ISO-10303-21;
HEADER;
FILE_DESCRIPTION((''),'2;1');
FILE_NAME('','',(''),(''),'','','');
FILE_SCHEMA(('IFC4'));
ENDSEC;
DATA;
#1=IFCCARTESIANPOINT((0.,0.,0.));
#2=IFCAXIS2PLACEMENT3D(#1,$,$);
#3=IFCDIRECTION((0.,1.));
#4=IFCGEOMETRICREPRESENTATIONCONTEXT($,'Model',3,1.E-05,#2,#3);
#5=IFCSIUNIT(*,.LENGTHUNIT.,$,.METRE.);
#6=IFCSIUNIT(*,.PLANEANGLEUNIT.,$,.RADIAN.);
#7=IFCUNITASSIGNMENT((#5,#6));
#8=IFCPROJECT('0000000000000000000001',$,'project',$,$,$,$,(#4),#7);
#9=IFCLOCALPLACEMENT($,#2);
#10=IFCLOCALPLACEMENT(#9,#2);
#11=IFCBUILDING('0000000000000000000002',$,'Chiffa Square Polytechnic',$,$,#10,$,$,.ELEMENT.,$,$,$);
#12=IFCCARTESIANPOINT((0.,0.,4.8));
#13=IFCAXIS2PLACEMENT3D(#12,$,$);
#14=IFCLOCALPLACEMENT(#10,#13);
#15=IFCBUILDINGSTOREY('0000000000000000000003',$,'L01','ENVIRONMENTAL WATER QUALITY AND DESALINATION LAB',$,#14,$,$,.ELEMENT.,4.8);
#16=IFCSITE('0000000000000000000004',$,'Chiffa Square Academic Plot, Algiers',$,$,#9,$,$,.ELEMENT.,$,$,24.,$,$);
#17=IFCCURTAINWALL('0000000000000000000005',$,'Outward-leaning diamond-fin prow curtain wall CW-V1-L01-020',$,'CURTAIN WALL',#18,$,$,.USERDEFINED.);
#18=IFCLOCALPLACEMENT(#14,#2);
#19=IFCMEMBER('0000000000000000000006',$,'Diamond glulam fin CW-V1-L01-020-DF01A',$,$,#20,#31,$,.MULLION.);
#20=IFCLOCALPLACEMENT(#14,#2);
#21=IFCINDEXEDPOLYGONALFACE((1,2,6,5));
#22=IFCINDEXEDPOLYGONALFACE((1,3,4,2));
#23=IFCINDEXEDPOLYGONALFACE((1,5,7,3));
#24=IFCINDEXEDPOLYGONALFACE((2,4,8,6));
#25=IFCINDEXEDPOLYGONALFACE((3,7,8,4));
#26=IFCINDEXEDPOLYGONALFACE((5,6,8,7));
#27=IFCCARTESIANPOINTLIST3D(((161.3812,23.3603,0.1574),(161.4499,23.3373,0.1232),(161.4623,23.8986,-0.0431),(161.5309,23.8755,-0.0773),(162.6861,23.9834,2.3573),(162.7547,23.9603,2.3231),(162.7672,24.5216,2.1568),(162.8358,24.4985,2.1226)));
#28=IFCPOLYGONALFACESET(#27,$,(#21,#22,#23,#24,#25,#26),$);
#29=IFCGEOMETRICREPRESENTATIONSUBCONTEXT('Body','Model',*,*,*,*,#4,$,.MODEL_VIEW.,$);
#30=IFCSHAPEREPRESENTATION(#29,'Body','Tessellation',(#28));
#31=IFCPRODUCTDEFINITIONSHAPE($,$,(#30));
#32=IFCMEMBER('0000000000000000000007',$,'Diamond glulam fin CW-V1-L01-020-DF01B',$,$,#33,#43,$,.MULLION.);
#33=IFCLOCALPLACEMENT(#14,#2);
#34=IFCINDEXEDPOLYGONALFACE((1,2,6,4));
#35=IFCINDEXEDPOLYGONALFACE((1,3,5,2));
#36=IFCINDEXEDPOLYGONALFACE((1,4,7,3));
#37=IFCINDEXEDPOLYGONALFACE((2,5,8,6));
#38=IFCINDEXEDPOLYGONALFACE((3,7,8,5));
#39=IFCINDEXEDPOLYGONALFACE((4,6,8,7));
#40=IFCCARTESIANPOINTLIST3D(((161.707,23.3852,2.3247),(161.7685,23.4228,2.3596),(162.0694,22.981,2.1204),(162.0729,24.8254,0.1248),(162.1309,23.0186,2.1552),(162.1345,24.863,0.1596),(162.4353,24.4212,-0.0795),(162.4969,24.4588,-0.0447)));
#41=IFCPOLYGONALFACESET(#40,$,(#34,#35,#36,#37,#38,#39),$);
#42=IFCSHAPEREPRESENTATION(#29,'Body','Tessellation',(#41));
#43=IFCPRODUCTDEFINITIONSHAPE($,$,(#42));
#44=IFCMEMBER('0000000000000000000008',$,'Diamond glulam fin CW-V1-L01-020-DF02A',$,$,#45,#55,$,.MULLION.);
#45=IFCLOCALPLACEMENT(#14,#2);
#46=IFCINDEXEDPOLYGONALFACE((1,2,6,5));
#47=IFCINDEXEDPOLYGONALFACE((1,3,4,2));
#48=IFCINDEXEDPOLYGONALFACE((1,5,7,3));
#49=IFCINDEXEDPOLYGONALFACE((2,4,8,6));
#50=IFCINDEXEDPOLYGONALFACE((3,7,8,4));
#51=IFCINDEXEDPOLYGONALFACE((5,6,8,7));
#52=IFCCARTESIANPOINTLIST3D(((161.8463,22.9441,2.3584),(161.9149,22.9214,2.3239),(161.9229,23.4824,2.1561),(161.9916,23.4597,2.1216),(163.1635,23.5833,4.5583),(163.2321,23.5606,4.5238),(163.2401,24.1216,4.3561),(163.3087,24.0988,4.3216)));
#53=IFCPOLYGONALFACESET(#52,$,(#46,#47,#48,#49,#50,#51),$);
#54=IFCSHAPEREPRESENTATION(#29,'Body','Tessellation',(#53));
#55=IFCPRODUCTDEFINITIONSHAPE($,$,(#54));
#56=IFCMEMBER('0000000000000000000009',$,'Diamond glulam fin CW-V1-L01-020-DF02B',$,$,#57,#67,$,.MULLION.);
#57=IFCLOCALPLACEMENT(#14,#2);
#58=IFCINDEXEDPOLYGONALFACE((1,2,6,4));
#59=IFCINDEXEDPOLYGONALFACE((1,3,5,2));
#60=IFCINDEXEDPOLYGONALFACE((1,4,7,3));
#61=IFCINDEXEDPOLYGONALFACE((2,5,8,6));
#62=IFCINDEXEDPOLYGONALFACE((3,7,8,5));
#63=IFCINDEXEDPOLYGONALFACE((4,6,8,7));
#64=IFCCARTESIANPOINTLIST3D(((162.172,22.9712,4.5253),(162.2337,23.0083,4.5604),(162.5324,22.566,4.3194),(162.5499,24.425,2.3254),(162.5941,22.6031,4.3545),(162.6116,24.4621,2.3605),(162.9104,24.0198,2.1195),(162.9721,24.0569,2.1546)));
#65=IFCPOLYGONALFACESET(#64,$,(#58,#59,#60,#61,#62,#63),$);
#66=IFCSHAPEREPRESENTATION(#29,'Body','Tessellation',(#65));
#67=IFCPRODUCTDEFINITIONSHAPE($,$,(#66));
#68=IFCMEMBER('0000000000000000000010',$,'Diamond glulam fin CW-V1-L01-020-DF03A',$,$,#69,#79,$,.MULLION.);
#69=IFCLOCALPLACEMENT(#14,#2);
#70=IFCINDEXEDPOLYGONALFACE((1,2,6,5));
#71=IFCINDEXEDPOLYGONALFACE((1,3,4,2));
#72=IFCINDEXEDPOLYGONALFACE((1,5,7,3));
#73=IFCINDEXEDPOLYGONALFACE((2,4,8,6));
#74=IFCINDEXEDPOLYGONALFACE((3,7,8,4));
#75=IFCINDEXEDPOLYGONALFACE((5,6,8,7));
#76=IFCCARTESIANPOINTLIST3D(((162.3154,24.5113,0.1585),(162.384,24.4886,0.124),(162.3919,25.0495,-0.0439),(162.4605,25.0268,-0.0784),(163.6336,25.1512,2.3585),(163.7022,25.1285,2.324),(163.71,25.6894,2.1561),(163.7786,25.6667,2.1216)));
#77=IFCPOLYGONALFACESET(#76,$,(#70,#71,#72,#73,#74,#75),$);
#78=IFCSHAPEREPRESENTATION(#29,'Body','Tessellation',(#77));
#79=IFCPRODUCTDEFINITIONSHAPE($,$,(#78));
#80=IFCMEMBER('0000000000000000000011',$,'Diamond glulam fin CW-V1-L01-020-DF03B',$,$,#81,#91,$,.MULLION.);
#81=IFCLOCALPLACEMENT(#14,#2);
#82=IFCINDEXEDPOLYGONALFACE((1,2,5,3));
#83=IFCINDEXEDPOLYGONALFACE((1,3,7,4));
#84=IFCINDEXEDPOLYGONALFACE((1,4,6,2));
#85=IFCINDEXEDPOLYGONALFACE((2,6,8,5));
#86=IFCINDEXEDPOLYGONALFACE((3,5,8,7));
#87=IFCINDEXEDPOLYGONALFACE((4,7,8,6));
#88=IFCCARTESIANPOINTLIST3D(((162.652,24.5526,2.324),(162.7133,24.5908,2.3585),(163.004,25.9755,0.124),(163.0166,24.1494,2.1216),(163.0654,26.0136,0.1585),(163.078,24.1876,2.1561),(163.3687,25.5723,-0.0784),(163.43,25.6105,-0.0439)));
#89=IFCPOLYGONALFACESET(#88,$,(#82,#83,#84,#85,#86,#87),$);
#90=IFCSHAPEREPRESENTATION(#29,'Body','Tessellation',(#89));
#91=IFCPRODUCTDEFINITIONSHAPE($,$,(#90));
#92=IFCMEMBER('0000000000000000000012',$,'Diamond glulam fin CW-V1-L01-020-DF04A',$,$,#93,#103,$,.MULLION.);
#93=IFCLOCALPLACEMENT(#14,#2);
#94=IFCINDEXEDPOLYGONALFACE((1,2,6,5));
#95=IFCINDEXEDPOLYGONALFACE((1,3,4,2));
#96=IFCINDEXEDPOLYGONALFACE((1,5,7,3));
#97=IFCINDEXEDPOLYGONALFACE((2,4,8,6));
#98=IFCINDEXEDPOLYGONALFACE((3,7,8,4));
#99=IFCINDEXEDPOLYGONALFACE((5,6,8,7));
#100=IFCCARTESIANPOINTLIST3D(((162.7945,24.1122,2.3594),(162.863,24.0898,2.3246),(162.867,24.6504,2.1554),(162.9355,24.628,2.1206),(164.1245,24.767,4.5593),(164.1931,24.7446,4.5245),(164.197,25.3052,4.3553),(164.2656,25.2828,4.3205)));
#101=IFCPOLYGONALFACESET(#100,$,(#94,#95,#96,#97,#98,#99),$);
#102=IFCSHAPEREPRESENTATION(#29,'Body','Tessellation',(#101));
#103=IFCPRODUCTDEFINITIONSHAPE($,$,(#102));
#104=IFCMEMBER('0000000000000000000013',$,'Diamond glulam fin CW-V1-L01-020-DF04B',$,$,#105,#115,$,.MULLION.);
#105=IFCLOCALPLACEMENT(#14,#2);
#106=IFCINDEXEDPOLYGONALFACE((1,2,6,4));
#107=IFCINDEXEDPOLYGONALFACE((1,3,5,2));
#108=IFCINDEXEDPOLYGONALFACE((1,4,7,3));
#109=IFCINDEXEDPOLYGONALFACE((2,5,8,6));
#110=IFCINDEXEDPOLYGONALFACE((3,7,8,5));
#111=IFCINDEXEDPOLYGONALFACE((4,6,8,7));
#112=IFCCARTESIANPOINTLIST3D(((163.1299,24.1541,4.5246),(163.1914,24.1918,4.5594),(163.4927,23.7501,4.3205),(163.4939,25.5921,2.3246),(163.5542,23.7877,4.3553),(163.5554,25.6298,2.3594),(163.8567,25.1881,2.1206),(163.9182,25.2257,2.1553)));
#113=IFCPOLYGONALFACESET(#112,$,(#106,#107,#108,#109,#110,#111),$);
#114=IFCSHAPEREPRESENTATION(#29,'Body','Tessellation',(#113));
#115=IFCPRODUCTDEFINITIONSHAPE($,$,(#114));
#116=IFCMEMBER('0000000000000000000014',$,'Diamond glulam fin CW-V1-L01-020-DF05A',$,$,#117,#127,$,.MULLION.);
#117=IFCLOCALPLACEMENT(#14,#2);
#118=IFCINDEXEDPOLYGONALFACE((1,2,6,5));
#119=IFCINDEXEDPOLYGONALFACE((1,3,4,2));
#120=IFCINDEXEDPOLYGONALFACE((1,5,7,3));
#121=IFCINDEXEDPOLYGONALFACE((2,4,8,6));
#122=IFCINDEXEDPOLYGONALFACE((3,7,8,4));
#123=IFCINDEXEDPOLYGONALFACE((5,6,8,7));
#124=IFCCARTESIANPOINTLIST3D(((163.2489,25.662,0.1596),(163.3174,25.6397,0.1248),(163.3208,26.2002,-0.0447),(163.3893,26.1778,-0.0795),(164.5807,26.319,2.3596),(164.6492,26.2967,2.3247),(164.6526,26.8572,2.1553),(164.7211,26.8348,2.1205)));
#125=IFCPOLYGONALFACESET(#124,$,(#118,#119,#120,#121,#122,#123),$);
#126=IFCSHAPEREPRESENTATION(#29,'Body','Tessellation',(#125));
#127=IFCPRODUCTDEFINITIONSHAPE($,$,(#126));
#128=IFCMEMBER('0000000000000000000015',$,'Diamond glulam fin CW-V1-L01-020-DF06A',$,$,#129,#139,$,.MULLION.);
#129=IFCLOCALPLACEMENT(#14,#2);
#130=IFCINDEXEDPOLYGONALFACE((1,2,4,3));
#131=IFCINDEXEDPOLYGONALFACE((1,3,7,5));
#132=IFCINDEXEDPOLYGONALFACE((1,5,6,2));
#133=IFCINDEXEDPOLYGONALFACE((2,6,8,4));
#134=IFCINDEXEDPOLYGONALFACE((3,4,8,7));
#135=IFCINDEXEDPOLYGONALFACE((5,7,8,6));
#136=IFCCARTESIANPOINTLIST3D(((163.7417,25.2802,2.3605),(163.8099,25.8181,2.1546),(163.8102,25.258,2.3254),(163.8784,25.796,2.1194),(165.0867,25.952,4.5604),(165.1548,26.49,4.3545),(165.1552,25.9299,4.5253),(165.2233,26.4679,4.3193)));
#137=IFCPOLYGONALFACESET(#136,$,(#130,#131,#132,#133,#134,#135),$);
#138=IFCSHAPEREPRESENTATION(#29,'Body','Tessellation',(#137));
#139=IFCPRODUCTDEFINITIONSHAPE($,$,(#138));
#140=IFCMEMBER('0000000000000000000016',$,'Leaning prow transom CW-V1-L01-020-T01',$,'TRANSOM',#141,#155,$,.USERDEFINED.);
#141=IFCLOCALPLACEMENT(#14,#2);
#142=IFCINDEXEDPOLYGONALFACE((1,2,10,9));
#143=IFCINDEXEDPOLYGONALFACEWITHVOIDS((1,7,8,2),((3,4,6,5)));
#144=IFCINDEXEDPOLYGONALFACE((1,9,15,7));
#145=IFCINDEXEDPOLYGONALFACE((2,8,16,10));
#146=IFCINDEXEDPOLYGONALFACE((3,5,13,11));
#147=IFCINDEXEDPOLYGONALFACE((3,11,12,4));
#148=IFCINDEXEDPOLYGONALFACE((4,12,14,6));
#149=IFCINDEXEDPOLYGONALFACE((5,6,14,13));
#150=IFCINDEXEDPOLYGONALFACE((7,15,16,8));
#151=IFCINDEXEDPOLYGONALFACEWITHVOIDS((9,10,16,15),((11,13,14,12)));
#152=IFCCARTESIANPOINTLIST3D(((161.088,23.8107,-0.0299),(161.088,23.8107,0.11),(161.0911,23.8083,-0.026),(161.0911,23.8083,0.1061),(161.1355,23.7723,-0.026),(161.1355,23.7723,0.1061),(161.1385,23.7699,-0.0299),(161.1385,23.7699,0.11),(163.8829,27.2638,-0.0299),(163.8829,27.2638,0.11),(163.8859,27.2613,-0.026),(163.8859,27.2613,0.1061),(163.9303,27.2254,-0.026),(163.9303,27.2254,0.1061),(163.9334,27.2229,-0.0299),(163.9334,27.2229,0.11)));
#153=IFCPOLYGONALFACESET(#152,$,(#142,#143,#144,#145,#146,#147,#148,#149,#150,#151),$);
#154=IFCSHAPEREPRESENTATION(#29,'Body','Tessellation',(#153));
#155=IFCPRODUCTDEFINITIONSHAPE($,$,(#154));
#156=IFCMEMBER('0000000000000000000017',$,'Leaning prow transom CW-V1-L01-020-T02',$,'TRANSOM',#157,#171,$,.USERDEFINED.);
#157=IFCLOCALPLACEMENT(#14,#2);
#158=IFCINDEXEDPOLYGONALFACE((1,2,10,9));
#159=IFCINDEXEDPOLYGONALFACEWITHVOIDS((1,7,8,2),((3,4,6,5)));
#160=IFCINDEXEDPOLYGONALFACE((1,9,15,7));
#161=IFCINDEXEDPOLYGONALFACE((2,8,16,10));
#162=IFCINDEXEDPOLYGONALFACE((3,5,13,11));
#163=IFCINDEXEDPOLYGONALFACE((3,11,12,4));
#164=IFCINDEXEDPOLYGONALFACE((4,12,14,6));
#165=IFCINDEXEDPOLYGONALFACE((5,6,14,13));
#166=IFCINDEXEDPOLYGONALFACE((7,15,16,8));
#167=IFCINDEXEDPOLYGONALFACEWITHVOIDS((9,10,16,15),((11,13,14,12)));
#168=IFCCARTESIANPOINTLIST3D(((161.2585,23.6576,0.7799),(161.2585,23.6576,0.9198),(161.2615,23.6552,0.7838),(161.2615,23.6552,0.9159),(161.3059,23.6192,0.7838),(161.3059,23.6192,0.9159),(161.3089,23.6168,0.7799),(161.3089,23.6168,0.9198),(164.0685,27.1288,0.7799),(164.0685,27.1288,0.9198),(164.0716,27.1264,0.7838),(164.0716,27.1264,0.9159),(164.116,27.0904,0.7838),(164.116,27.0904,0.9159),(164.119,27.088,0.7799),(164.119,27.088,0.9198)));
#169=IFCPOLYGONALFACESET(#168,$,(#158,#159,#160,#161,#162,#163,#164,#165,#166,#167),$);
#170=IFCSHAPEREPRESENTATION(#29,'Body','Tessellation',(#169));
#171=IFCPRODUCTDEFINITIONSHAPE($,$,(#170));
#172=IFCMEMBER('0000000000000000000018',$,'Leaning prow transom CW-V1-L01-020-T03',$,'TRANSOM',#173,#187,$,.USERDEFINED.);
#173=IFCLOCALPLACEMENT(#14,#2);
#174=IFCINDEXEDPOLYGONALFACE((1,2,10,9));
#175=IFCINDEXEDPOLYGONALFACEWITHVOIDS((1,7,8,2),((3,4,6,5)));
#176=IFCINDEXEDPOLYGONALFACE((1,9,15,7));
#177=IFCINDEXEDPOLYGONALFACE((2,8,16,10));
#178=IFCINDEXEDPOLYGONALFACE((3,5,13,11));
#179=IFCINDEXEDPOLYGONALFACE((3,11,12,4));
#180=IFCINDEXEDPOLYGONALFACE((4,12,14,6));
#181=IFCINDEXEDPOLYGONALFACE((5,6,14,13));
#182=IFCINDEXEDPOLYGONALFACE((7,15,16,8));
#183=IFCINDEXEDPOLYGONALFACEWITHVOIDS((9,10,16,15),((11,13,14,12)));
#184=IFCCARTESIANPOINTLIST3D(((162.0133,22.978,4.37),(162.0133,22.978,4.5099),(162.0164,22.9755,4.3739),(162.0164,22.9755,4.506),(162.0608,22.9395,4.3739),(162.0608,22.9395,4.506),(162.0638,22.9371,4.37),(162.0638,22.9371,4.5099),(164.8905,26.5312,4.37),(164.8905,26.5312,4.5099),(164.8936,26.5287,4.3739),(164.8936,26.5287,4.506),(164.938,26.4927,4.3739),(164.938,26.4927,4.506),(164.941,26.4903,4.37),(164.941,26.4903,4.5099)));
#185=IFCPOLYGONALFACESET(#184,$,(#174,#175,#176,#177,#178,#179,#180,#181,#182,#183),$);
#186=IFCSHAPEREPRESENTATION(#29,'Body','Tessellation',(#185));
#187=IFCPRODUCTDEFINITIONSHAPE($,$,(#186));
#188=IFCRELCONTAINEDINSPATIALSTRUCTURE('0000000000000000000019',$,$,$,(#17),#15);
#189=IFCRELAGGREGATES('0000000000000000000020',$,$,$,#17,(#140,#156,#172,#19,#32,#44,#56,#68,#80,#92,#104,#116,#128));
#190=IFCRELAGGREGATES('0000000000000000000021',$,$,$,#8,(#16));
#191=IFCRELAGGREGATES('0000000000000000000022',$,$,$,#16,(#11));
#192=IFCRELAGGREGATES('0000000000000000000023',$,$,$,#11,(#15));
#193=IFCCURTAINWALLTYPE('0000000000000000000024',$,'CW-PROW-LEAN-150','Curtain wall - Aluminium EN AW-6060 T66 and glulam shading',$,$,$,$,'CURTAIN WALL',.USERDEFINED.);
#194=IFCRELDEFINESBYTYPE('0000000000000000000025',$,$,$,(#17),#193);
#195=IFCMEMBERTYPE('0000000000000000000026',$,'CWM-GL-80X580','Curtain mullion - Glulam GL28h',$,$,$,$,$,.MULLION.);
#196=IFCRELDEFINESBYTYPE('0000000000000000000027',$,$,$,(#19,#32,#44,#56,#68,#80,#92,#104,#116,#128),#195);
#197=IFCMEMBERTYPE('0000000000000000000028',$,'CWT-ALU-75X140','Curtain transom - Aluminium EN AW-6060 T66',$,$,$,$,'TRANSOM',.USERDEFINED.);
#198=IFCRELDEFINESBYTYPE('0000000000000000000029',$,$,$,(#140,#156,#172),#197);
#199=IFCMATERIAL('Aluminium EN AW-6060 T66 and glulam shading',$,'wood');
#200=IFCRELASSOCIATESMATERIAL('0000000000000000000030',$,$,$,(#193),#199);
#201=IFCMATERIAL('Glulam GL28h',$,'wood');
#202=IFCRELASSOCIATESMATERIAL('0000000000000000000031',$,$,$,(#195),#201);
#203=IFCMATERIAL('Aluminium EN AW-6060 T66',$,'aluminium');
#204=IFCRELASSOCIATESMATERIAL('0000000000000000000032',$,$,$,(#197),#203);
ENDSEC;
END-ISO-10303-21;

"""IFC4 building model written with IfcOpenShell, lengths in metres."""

from ifc_helpers import new_model, si_unit, direction, frame, origin, origin_2d, place, context, subcontext, project, spatial, rectangle, hollow_rectangle, extrude, material, material_profile, profile_set, type_object, element, aggregate, save


model = new_model("IFC4")

# Units and contexts
model_context = context("Model", 3, precision=1e-05, world=origin(), true_north=direction((0.0, 1.0)))
body_context = subcontext(model_context, "Body", "Model", "MODEL_VIEW")
ifc_project = project(units=[si_unit("LENGTHUNIT", "METRE"), si_unit("PLANEANGLEUNIT", "RADIAN")], contexts=[model_context])

# Site, building, storey
site_placement = place(None, origin())
site = spatial("IfcSite", under=ifc_project, at=site_placement, Name="Chiffa Square Academic Plot, Algiers", CompositionType="ELEMENT", RefElevation=24.0)
building_placement = place(site_placement, origin())
building = spatial("IfcBuilding", under=site, at=building_placement, Name="Chiffa Square Polytechnic", CompositionType="ELEMENT")
storey_placement = place(building_placement, frame((0.0, 0.0, 4.8)))
storey = spatial("IfcBuildingStorey", under=building, at=storey_placement, Name="L01", Description="ENVIRONMENTAL WATER QUALITY AND DESALINATION LAB", CompositionType="ELEMENT", Elevation=4.8)

# Shared definitions
ifc_material_1 = material(Name="Aluminium EN AW-6060 T66 and glulam shading", Category="wood")
ifc_material_2 = material(Name="Aluminium EN AW-6060 T66", Category="aluminium")

# Curtain wall
curtain_wall_type_1 = type_object("IfcCurtainWallType", Name="CW-PROW-LEAN-150", Description="Curtain wall - Aluminium EN AW-6060 T66 and glulam shading", ElementType="CURTAIN WALL", PredefinedType="USERDEFINED", material=ifc_material_1)
curtain_wall_1_placement = place(storey_placement, origin())
curtain_wall_1 = element("IfcCurtainWall", 1, at=curtain_wall_1_placement, inside=storey, type_object=curtain_wall_type_1, Name="Outward-leaning diamond-fin prow curtain wall CW-V1-L01-020", ObjectType="CURTAIN WALL", PredefinedType="USERDEFINED")

# Members
ifc_material_3 = material(Name="Glulam GL28h", Category="wood")
ifc_material_profile_1 = material_profile(ifc_material_3, rectangle(XDim=0.0801, YDim=0.5801, at=origin_2d()), Name="GL28h 80x580")
ifc_profile_set_1 = profile_set([ifc_material_profile_1], Name="Glulam GL28h")
member_type_1 = type_object("IfcMemberType", Name="CWM-GL-80X580", Description="Curtain mullion - Glulam GL28h", PredefinedType="MULLION", material=ifc_profile_set_1)
member_1_placement = place(storey_placement, frame((161.4561, 23.6179, 0.04), z_axis=(0.495673, 0.236662, 0.835643), x_axis=(-0.857196, 0.288099, 0.426865)))
member_1 = element("IfcMember", 2, at=member_1_placement, type_object=member_type_1, Name="Diamond glulam fin CW-V1-L01-020-DF01A", PredefinedType="MULLION", context=body_context, shape_type="SweptSolid", body=[
    extrude(rectangle(XDim=0.0801, YDim=0.5801, at=origin_2d()), origin(), (0.0, 0.0, 1.0), 2.6326),
])
member_2_placement = place(storey_placement, frame((162.2849, 24.6421, 0.04), z_axis=(-0.137852, -0.542488, 0.828676), x_axis=(0.768543, 0.469174, 0.434991)))
member_2 = element("IfcMember", 3, at=member_2_placement, type_object=member_type_1, Name="Diamond glulam fin CW-V1-L01-020-DF01B", PredefinedType="MULLION", context=body_context, shape_type="SweptSolid", body=[
    extrude(rectangle(XDim=0.0801, YDim=0.5801, at=origin_2d()), origin(), (0.0, 0.0, 1.0), 2.6548),
])
member_3_placement = place(storey_placement, frame((161.9189, 23.2019, 2.24), z_axis=(0.498431, 0.241871, 0.832505), x_axis=(-0.856811, 0.283724, 0.430552)))
member_3 = element("IfcMember", 4, at=member_3_placement, type_object=member_type_1, Name="Diamond glulam fin CW-V1-L01-020-DF02A", PredefinedType="MULLION", context=body_context, shape_type="SweptSolid", body=[
    extrude(rectangle(XDim=0.0801, YDim=0.5801, at=origin_2d()), origin(), (0.0, 0.0, 1.0), 2.6426),
])
member_4_placement = place(storey_placement, frame((162.761, 24.241, 2.24), z_axis=(-0.141871, -0.545765, 0.825841), x_axis=(0.770547, 0.462826, 0.438235)))
member_4 = element("IfcMember", 5, at=member_4_placement, type_object=member_type_1, Name="Diamond glulam fin CW-V1-L01-020-DF02B", PredefinedType="MULLION", context=body_context, shape_type="SweptSolid", body=[
    extrude(rectangle(XDim=0.0801, YDim=0.5801, at=origin_2d()), origin(), (0.0, 0.0, 1.0), 2.6638),
])
member_5_placement = place(storey_placement, frame((162.3879, 24.769, 0.04), z_axis=(0.498676, 0.242087, 0.832296), x_axis=(-0.85671, 0.283659, 0.430797)))
member_5 = element("IfcMember", 6, at=member_5_placement, type_object=member_type_1, Name="Diamond glulam fin CW-V1-L01-020-DF03A", PredefinedType="MULLION", context=body_context, shape_type="SweptSolid", body=[
    extrude(rectangle(XDim=0.0801, YDim=0.5801, at=origin_2d()), origin(), (0.0, 0.0, 1.0), 2.6433),
])
member_6_placement = place(storey_placement, frame((163.217, 25.793, 0.04), z_axis=(-0.133175, -0.53824, 0.832203), x_axis=(0.766236, 0.476659, 0.430905)))
member_6 = element("IfcMember", 7, at=member_6_placement, type_object=member_type_1, Name="Diamond glulam fin CW-V1-L01-020-DF03B", PredefinedType="MULLION", context=body_context, shape_type="SweptSolid", body=[
    extrude(rectangle(XDim=0.0801, YDim=0.5801, at=origin_2d()), origin(), (0.0, 0.0, 1.0), 2.6436),
])
member_7_placement = place(storey_placement, frame((162.865, 24.3701, 2.24), z_axis=(0.501376, 0.246823, 0.829277), x_axis=(-0.856156, 0.279968, 0.434299)))
member_7 = element("IfcMember", 8, at=member_7_placement, type_object=member_type_1, Name="Diamond glulam fin CW-V1-L01-020-DF04A", PredefinedType="MULLION", context=body_context, shape_type="SweptSolid", body=[
    extrude(rectangle(XDim=0.0801, YDim=0.5801, at=origin_2d()), origin(), (0.0, 0.0, 1.0), 2.6528),
])
member_8_placement = place(storey_placement, frame((163.7061, 25.4089, 2.24), z_axis=(-0.137192, -0.541958, 0.829132), x_axis=(0.768202, 0.470218, 0.434466)))
member_8 = element("IfcMember", 9, at=member_8_placement, type_object=member_type_1, Name="Diamond glulam fin CW-V1-L01-020-DF04B", PredefinedType="MULLION", context=body_context, shape_type="SweptSolid", body=[
    extrude(rectangle(XDim=0.0801, YDim=0.5801, at=origin_2d()), origin(), (0.0, 0.0, 1.0), 2.6533),
])
member_9_placement = place(storey_placement, frame((163.3191, 25.9199, 0.04), z_axis=(0.501756, 0.24752, 0.82884), x_axis=(-0.85608, 0.279417, 0.434803)))
member_9 = element("IfcMember", 10, at=member_9_placement, type_object=member_type_1, Name="Diamond glulam fin CW-V1-L01-020-DF05A", PredefinedType="MULLION", context=body_context, shape_type="SweptSolid", body=[
    extrude(rectangle(XDim=0.0801, YDim=0.5801, at=origin_2d()), origin(), (0.0, 0.0, 1.0), 2.6543),
])
member_10_placement = place(storey_placement, frame((163.8101, 25.5381, 2.24), z_axis=(0.504753, 0.252148, 0.825618), x_axis=(-0.855228, 0.276248, 0.438488)))
member_10 = element("IfcMember", 11, at=member_10_placement, type_object=member_type_1, Name="Diamond glulam fin CW-V1-L01-020-DF06A", PredefinedType="MULLION", context=body_context, shape_type="SweptSolid", body=[
    extrude(rectangle(XDim=0.0801, YDim=0.5801, at=origin_2d()), origin(), (0.0, 0.0, 1.0), 2.6646),
])
ifc_material_profile_2 = material_profile(ifc_material_2, hollow_rectangle(XDim=0.0649, YDim=0.1399, WallThickness=0.0039, at=origin_2d()), Name="ALU 65x140x4")
ifc_profile_set_2 = profile_set([ifc_material_profile_2], Name="Aluminium EN AW-6060 T66")
member_type_2 = type_object("IfcMemberType", Name="CWT-ALU-75X140", Description="Curtain transom - Aluminium EN AW-6060 T66", ElementType="TRANSOM", PredefinedType="USERDEFINED", material=ifc_profile_set_2)
member_11_placement = place(storey_placement, frame((161.1133, 23.7903, 0.04), z_axis=(0.629135, 0.777296, 0.0), x_axis=(-0.777296, 0.629135, 0.0)))
member_11 = element("IfcMember", 12, at=member_11_placement, type_object=member_type_2, Name="Leaning prow transom CW-V1-L01-020-T01", ObjectType="TRANSOM", PredefinedType="USERDEFINED", context=body_context, shape_type="SweptSolid", body=[
    extrude(hollow_rectangle(XDim=0.0649, YDim=0.1399, WallThickness=0.0039, at=origin_2d()), origin(), (0.0, 0.0, 1.0), 4.4424),
])
member_12_placement = place(storey_placement, frame((161.2837, 23.6372, 0.8499), z_axis=(0.629205, 0.77724, 0.0), x_axis=(-0.77724, 0.629205, 0.0)))
member_12 = element("IfcMember", 13, at=member_12_placement, type_object=member_type_2, Name="Leaning prow transom CW-V1-L01-020-T02", ObjectType="TRANSOM", PredefinedType="USERDEFINED", context=body_context, shape_type="SweptSolid", body=[
    extrude(hollow_rectangle(XDim=0.0649, YDim=0.1399, WallThickness=0.0039, at=origin_2d()), origin(), (0.0, 0.0, 1.0), 4.4661),
])
member_13_placement = place(storey_placement, frame((162.0386, 22.9575, 4.4399), z_axis=(0.629301, 0.777162, 0.0), x_axis=(-0.777162, 0.629301, 0.0)))
member_13 = element("IfcMember", 14, at=member_13_placement, type_object=member_type_2, Name="Leaning prow transom CW-V1-L01-020-T03", ObjectType="TRANSOM", PredefinedType="USERDEFINED", context=body_context, shape_type="SweptSolid", body=[
    extrude(hollow_rectangle(XDim=0.0649, YDim=0.1399, WallThickness=0.0039, at=origin_2d()), origin(), (0.0, 0.0, 1.0), 4.572),
])

aggregate(curtain_wall_1, [member_11, member_12, member_13, member_1, member_2, member_3, member_4, member_5, member_6, member_7, member_8, member_9, member_10])

save(model, "model.ifc")
